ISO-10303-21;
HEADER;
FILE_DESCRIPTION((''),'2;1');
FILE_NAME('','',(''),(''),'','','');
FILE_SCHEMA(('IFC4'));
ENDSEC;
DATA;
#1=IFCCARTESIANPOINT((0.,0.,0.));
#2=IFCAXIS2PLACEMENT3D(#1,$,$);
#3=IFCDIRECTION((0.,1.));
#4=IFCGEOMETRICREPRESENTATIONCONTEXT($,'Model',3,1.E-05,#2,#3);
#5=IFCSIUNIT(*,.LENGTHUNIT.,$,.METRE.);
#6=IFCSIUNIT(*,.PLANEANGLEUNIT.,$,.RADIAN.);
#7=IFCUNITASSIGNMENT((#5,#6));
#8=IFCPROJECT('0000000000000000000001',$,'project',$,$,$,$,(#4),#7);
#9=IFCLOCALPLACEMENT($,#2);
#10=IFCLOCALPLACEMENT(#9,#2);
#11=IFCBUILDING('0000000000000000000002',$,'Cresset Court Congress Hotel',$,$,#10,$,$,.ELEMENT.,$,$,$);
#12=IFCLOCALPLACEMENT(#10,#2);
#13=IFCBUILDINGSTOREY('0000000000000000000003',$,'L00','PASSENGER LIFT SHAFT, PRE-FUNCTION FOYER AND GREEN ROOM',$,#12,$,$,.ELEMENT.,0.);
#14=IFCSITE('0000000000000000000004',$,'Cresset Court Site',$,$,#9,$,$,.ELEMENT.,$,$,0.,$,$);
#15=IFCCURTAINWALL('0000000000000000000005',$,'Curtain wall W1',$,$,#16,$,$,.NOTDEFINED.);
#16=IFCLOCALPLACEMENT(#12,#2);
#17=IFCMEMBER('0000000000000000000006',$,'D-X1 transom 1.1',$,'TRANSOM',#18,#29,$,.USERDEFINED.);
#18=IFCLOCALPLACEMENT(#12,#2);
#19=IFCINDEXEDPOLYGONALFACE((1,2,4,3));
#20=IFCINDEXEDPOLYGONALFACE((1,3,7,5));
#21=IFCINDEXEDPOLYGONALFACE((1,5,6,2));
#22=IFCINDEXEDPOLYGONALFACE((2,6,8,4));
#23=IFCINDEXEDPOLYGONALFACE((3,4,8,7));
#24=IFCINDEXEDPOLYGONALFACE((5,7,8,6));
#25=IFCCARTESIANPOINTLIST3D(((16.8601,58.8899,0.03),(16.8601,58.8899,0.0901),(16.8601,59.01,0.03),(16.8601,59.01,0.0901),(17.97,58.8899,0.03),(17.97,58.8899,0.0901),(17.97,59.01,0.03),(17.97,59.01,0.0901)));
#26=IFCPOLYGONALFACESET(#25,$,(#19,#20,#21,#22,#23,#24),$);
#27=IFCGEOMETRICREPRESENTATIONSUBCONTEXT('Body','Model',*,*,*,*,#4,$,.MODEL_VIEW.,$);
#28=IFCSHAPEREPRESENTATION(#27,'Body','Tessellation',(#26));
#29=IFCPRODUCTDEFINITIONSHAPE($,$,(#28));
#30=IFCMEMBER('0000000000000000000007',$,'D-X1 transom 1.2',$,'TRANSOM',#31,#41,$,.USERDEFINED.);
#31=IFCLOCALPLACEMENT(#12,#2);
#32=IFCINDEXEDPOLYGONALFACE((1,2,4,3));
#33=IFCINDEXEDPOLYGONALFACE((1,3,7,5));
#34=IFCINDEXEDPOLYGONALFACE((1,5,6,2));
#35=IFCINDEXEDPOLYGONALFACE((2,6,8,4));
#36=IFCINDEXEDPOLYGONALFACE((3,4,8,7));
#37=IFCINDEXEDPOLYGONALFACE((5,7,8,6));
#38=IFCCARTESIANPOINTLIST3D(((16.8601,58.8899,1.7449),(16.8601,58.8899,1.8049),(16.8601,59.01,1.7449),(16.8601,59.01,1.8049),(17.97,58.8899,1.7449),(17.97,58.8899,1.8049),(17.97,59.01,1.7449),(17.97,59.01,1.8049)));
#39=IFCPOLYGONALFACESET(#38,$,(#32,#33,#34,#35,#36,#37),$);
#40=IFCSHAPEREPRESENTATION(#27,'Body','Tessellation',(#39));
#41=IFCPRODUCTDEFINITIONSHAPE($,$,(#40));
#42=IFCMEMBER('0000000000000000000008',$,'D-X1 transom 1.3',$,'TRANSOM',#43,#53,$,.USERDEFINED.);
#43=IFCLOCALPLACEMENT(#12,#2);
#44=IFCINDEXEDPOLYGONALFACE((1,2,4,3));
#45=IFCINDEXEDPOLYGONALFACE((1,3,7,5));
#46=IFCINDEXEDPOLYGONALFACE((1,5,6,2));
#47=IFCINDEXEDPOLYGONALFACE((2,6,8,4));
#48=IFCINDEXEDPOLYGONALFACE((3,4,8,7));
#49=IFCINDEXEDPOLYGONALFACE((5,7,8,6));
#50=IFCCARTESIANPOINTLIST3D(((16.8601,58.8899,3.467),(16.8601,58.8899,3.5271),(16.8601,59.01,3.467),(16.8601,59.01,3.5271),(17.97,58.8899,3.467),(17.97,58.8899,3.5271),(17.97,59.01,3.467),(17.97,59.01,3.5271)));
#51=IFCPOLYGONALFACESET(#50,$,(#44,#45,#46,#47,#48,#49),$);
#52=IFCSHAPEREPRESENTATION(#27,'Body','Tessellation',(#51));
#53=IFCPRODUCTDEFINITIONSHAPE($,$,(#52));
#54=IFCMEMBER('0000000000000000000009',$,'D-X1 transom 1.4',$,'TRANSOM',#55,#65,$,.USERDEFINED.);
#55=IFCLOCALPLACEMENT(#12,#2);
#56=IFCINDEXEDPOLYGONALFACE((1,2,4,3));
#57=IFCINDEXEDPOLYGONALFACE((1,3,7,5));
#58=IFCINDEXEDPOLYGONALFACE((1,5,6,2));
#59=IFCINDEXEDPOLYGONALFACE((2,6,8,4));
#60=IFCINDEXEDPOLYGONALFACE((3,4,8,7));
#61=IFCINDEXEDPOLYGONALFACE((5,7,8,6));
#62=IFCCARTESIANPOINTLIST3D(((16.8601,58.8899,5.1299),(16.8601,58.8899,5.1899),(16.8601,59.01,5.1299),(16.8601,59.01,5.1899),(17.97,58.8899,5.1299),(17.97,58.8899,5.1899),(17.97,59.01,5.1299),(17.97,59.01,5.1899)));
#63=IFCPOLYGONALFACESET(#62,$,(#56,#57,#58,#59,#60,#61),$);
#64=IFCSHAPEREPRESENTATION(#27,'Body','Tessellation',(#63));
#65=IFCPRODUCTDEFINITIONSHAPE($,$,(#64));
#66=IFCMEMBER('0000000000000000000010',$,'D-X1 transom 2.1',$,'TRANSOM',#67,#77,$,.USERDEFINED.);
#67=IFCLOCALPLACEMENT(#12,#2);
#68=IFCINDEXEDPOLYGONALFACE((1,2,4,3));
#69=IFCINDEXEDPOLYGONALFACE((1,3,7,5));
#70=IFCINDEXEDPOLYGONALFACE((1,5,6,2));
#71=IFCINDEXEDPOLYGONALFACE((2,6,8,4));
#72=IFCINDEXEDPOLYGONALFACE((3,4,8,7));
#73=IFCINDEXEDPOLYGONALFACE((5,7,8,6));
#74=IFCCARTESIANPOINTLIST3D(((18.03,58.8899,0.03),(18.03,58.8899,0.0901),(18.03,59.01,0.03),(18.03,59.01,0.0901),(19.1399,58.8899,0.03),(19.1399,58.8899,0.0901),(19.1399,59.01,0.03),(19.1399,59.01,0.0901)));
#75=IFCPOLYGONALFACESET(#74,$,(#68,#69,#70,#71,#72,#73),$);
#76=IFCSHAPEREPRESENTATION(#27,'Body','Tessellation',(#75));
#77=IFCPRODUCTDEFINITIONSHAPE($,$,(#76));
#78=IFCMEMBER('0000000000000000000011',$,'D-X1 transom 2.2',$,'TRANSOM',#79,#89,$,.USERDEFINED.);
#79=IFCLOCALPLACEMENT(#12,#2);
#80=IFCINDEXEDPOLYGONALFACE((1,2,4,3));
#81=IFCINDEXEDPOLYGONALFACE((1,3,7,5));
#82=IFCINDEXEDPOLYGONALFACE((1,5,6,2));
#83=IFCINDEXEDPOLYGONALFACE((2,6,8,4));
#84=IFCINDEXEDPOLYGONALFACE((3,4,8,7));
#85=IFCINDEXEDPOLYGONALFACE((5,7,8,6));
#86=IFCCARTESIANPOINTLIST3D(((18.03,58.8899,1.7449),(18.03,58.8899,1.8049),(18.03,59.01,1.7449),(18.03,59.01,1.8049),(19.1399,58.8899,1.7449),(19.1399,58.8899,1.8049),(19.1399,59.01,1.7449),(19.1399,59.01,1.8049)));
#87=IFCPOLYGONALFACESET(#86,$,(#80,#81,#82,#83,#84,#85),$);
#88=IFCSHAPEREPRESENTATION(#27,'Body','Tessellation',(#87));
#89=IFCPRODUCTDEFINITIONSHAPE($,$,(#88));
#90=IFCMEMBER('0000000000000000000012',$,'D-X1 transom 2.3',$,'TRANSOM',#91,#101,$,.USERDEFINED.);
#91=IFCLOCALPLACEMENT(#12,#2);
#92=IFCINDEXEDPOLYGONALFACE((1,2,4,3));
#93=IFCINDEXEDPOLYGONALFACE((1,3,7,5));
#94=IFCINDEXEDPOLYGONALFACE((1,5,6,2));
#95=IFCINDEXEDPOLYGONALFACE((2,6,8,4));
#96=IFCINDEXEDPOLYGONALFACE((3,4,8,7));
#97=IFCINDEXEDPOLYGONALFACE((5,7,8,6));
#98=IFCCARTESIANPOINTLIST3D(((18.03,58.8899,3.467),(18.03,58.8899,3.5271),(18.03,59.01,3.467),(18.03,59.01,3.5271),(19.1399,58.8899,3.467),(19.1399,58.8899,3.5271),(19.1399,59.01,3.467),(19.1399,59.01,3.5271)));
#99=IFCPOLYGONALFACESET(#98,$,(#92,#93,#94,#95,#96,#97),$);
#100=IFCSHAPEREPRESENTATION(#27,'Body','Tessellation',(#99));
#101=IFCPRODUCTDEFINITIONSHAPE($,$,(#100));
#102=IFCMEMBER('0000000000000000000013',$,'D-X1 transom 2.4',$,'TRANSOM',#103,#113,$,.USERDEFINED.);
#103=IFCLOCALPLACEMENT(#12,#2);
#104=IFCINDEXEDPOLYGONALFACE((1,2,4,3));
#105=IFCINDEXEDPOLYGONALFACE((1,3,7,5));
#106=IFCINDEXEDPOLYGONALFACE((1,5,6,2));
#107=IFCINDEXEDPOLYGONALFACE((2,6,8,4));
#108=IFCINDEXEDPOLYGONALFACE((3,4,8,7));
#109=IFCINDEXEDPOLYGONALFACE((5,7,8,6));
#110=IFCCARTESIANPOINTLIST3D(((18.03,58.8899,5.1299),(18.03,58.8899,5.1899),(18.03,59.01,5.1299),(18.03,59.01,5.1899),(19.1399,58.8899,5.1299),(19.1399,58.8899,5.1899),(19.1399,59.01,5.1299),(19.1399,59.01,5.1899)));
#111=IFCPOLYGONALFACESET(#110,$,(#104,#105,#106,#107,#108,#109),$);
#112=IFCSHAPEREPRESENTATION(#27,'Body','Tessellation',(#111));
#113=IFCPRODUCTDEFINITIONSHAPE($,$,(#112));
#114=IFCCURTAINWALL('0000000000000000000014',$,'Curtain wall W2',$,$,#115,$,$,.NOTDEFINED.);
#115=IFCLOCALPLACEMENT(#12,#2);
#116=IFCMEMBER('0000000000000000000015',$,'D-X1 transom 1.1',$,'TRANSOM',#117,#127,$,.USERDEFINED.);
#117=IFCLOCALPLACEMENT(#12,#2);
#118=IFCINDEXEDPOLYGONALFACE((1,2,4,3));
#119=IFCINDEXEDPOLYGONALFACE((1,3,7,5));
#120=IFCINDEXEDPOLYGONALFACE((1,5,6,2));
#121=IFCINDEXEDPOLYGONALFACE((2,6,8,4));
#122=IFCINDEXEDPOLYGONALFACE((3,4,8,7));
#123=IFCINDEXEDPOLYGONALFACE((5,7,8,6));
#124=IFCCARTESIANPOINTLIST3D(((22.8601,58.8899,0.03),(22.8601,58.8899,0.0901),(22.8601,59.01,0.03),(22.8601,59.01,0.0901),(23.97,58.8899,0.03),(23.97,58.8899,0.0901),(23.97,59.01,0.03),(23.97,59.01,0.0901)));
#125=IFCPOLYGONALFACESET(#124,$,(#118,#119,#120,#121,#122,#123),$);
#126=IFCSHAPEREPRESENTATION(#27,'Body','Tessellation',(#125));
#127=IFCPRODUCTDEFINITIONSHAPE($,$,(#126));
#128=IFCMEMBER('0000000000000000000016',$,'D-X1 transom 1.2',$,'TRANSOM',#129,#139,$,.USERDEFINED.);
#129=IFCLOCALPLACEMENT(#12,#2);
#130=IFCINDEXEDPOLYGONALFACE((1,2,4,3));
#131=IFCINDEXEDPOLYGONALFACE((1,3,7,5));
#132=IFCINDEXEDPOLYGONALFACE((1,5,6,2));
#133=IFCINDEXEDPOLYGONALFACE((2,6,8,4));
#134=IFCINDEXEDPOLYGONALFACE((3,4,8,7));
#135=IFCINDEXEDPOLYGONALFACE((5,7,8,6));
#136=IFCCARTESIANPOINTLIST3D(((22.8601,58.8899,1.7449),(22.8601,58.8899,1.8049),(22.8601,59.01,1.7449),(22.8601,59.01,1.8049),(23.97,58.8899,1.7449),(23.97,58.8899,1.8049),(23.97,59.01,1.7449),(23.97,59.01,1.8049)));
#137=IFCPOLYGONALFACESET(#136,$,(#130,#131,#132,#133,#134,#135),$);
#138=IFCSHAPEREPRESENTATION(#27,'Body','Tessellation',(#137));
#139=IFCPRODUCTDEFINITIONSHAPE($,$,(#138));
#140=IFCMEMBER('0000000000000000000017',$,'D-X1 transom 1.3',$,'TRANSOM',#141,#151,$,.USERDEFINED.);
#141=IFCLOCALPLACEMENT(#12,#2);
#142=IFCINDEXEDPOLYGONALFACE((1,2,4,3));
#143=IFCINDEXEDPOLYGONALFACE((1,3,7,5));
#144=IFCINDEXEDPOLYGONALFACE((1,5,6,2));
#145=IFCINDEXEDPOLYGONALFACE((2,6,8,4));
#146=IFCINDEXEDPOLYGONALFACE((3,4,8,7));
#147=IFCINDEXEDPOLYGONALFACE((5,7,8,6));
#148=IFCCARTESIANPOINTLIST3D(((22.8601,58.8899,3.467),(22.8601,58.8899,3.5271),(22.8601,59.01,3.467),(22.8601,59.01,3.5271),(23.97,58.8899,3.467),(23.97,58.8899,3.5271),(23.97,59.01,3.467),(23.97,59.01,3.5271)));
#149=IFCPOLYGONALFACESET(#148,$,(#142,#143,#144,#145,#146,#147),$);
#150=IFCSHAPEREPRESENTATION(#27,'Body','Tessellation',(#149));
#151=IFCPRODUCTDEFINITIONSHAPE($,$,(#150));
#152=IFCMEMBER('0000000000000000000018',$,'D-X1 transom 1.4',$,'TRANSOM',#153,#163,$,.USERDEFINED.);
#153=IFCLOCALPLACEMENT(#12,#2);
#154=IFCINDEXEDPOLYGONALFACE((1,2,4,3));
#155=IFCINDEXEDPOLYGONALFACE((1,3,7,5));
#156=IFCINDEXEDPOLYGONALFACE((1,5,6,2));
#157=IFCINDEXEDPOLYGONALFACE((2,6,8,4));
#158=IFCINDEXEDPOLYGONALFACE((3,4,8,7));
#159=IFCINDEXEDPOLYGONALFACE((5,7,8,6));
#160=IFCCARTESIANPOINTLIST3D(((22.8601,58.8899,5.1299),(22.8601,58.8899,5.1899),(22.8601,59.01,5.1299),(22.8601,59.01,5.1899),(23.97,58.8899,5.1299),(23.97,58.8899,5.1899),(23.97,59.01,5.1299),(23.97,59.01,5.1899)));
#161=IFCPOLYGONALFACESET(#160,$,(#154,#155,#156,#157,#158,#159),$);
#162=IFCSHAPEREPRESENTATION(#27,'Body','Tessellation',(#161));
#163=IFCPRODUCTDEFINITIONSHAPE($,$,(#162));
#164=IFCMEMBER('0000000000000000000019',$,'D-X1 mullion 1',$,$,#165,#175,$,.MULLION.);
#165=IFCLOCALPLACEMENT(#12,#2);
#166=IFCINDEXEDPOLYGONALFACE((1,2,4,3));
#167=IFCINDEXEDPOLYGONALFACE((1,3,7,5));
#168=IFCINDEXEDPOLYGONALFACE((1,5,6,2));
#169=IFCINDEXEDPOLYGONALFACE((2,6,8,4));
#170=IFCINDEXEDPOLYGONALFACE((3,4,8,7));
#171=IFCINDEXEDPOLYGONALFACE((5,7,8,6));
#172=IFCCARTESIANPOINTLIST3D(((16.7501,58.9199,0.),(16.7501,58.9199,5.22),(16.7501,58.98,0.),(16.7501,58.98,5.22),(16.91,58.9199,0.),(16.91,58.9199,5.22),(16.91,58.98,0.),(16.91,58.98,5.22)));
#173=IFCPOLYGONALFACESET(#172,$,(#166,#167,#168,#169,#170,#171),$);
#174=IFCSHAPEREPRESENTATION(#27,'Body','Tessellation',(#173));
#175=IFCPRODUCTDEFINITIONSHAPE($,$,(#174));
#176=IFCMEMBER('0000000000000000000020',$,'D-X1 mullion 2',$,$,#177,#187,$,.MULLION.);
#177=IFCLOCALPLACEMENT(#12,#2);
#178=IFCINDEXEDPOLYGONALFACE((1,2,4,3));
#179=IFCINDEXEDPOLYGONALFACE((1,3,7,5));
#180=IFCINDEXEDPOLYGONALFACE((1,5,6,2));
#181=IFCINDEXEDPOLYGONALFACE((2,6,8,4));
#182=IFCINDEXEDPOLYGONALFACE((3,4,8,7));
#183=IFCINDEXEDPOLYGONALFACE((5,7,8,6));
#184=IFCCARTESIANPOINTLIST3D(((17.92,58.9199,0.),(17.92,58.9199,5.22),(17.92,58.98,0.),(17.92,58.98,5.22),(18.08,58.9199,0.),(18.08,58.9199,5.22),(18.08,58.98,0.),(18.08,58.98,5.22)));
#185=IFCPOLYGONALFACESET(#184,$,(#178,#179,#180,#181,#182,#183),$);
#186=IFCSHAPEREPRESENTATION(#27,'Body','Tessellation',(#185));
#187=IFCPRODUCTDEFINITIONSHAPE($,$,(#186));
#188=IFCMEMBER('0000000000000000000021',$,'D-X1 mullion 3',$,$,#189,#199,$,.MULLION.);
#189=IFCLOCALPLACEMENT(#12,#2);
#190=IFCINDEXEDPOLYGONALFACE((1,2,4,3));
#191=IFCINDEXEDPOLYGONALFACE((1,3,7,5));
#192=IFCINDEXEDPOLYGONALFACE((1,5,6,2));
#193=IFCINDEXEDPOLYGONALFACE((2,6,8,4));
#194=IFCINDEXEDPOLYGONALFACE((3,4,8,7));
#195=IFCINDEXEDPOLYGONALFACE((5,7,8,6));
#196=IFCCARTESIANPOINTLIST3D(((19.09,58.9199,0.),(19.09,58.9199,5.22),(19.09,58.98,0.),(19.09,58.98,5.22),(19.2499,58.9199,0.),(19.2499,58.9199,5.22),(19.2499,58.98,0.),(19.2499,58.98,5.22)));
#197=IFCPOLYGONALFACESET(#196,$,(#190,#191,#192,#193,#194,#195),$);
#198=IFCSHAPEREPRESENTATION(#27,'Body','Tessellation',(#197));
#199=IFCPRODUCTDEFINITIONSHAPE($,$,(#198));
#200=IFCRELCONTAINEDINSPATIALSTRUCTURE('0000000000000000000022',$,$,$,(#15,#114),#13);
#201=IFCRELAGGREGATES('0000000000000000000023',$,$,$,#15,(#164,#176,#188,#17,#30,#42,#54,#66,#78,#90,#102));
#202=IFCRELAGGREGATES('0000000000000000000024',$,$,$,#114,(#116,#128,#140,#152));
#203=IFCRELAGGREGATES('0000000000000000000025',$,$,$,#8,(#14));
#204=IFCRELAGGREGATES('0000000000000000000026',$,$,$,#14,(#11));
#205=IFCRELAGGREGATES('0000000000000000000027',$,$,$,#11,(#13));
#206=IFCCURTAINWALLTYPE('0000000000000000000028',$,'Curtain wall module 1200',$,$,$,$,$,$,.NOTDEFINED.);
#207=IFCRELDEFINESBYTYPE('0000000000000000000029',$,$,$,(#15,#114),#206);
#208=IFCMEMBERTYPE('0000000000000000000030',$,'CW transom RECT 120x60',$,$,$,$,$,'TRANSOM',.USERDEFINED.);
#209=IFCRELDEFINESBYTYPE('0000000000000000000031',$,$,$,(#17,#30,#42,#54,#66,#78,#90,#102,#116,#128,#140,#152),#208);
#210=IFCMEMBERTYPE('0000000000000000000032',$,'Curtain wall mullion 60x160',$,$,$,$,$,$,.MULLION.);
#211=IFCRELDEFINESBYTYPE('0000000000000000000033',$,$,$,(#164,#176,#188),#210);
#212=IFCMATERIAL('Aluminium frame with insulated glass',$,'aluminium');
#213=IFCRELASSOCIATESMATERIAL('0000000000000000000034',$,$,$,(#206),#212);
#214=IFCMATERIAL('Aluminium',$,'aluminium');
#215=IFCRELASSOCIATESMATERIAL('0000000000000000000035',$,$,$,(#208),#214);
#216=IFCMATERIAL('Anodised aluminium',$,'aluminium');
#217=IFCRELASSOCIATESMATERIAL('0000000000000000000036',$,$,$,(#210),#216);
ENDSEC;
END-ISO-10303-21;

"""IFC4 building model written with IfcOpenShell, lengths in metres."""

from ifc_helpers import new_model, si_unit, direction, frame, origin, origin_2d, place, context, subcontext, project, spatial, rectangle, extrude, material, material_profile, profile_set, type_object, element, aggregate, save


model = new_model("IFC4")

# Units and contexts
model_context = context("Model", 3, precision=1e-05, world=origin(), true_north=direction((0.0, 1.0)))
body_context = subcontext(model_context, "Body", "Model", "MODEL_VIEW")
ifc_project = project(units=[si_unit("LENGTHUNIT", "METRE"), si_unit("PLANEANGLEUNIT", "RADIAN")], contexts=[model_context])

# Site, building, storey
site_placement = place(None, origin())
site = spatial("IfcSite", under=ifc_project, at=site_placement, Name="Cresset Court Site", CompositionType="ELEMENT", RefElevation=0.0)
building_placement = place(site_placement, origin())
building = spatial("IfcBuilding", under=site, at=building_placement, Name="Cresset Court Congress Hotel", CompositionType="ELEMENT")
storey_placement = place(building_placement, origin())
storey = spatial("IfcBuildingStorey", under=building, at=storey_placement, Name="L00", Description="PASSENGER LIFT SHAFT, PRE-FUNCTION FOYER AND GREEN ROOM", CompositionType="ELEMENT", Elevation=0.0)

# Curtain walls, members
ifc_material_1 = material(Name="Aluminium frame with insulated glass", Category="aluminium")
curtain_wall_type = type_object("IfcCurtainWallType", Name="Curtain wall module 1200", PredefinedType="NOTDEFINED", material=ifc_material_1)
curtain_wall_1_placement = place(storey_placement, origin())
curtain_wall_1 = element("IfcCurtainWall", 1, at=curtain_wall_1_placement, inside=storey, type_object=curtain_wall_type, Name="Curtain wall W1", PredefinedType="NOTDEFINED")
ifc_material_2 = material(Name="Aluminium", Category="aluminium")
ifc_material_profile_1 = material_profile(ifc_material_2, rectangle(XDim=0.1201, YDim=0.0601, at=origin_2d()), Name="AL 120x60")
ifc_profile_set_1 = profile_set([ifc_material_profile_1], Name="Aluminium")
member_type_1 = type_object("IfcMemberType", Name="CW transom RECT 120x60", ElementType="TRANSOM", PredefinedType="USERDEFINED", material=ifc_profile_set_1)
member_1_placement = place(storey_placement, frame((16.8601, 58.95, 0.0601), z_axis=(1.0, 0.0, 0.0), x_axis=(0.0, 1.0, 0.0)))
member_1 = element("IfcMember", 2, at=member_1_placement, type_object=member_type_1, Name="D-X1 transom 1.1", ObjectType="TRANSOM", PredefinedType="USERDEFINED", context=body_context, shape_type="SweptSolid", body=[
    extrude(rectangle(XDim=0.1201, YDim=0.0601, at=origin_2d()), origin(), (0.0, 0.0, 1.0), 1.1099),
])
member_2_placement = place(storey_placement, frame((16.8601, 58.95, 1.7749), z_axis=(1.0, 0.0, 0.0), x_axis=(0.0, 1.0, 0.0)))
member_2 = element("IfcMember", 3, at=member_2_placement, type_object=member_type_1, Name="D-X1 transom 1.2", ObjectType="TRANSOM", PredefinedType="USERDEFINED", context=body_context, shape_type="SweptSolid", body=[
    extrude(rectangle(XDim=0.1201, YDim=0.0601, at=origin_2d()), origin(), (0.0, 0.0, 1.0), 1.1099),
])
member_3_placement = place(storey_placement, frame((16.8601, 58.95, 3.4971), z_axis=(1.0, 0.0, 0.0), x_axis=(0.0, 1.0, 0.0)))
member_3 = element("IfcMember", 4, at=member_3_placement, type_object=member_type_1, Name="D-X1 transom 1.3", ObjectType="TRANSOM", PredefinedType="USERDEFINED", context=body_context, shape_type="SweptSolid", body=[
    extrude(rectangle(XDim=0.1201, YDim=0.0601, at=origin_2d()), origin(), (0.0, 0.0, 1.0), 1.1099),
])
member_4_placement = place(storey_placement, frame((16.8601, 58.95, 5.1599), z_axis=(1.0, 0.0, 0.0), x_axis=(0.0, 1.0, 0.0)))
member_4 = element("IfcMember", 5, at=member_4_placement, type_object=member_type_1, Name="D-X1 transom 1.4", ObjectType="TRANSOM", PredefinedType="USERDEFINED", context=body_context, shape_type="SweptSolid", body=[
    extrude(rectangle(XDim=0.1201, YDim=0.0601, at=origin_2d()), origin(), (0.0, 0.0, 1.0), 1.1099),
])
member_5_placement = place(storey_placement, frame((18.03, 58.95, 0.0601), z_axis=(1.0, 0.0, 0.0), x_axis=(0.0, 1.0, 0.0)))
member_5 = element("IfcMember", 6, at=member_5_placement, type_object=member_type_1, Name="D-X1 transom 2.1", ObjectType="TRANSOM", PredefinedType="USERDEFINED", context=body_context, shape_type="SweptSolid", body=[
    extrude(rectangle(XDim=0.1201, YDim=0.0601, at=origin_2d()), origin(), (0.0, 0.0, 1.0), 1.1099),
])
member_6_placement = place(storey_placement, frame((18.03, 58.95, 1.7749), z_axis=(1.0, 0.0, 0.0), x_axis=(0.0, 1.0, 0.0)))
member_6 = element("IfcMember", 7, at=member_6_placement, type_object=member_type_1, Name="D-X1 transom 2.2", ObjectType="TRANSOM", PredefinedType="USERDEFINED", context=body_context, shape_type="SweptSolid", body=[
    extrude(rectangle(XDim=0.1201, YDim=0.0601, at=origin_2d()), origin(), (0.0, 0.0, 1.0), 1.1099),
])
member_7_placement = place(storey_placement, frame((18.03, 58.95, 3.4971), z_axis=(1.0, 0.0, 0.0), x_axis=(0.0, 1.0, 0.0)))
member_7 = element("IfcMember", 8, at=member_7_placement, type_object=member_type_1, Name="D-X1 transom 2.3", ObjectType="TRANSOM", PredefinedType="USERDEFINED", context=body_context, shape_type="SweptSolid", body=[
    extrude(rectangle(XDim=0.1201, YDim=0.0601, at=origin_2d()), origin(), (0.0, 0.0, 1.0), 1.1099),
])
member_8_placement = place(storey_placement, frame((18.03, 58.95, 5.1599), z_axis=(1.0, 0.0, 0.0), x_axis=(0.0, 1.0, 0.0)))
member_8 = element("IfcMember", 9, at=member_8_placement, type_object=member_type_1, Name="D-X1 transom 2.4", ObjectType="TRANSOM", PredefinedType="USERDEFINED", context=body_context, shape_type="SweptSolid", body=[
    extrude(rectangle(XDim=0.1201, YDim=0.0601, at=origin_2d()), origin(), (0.0, 0.0, 1.0), 1.1099),
])
curtain_wall_2_placement = place(storey_placement, origin())
curtain_wall_2 = element("IfcCurtainWall", 10, at=curtain_wall_2_placement, inside=storey, type_object=curtain_wall_type, Name="Curtain wall W2", PredefinedType="NOTDEFINED")
member_9_placement = place(storey_placement, frame((22.8601, 58.95, 0.0601), z_axis=(1.0, 0.0, 0.0), x_axis=(0.0, 1.0, 0.0)))
member_9 = element("IfcMember", 11, at=member_9_placement, type_object=member_type_1, Name="D-X1 transom 1.1", ObjectType="TRANSOM", PredefinedType="USERDEFINED", context=body_context, shape_type="SweptSolid", body=[
    extrude(rectangle(XDim=0.1201, YDim=0.0601, at=origin_2d()), origin(), (0.0, 0.0, 1.0), 1.1099),
])
member_10_placement = place(storey_placement, frame((22.8601, 58.95, 1.7749), z_axis=(1.0, 0.0, 0.0), x_axis=(0.0, 1.0, 0.0)))
member_10 = element("IfcMember", 12, at=member_10_placement, type_object=member_type_1, Name="D-X1 transom 1.2", ObjectType="TRANSOM", PredefinedType="USERDEFINED", context=body_context, shape_type="SweptSolid", body=[
    extrude(rectangle(XDim=0.1201, YDim=0.0601, at=origin_2d()), origin(), (0.0, 0.0, 1.0), 1.1099),
])
member_11_placement = place(storey_placement, frame((22.8601, 58.95, 3.4971), z_axis=(1.0, 0.0, 0.0), x_axis=(0.0, 1.0, 0.0)))
member_11 = element("IfcMember", 13, at=member_11_placement, type_object=member_type_1, Name="D-X1 transom 1.3", ObjectType="TRANSOM", PredefinedType="USERDEFINED", context=body_context, shape_type="SweptSolid", body=[
    extrude(rectangle(XDim=0.1201, YDim=0.0601, at=origin_2d()), origin(), (0.0, 0.0, 1.0), 1.1099),
])
member_12_placement = place(storey_placement, frame((22.8601, 58.95, 5.1599), z_axis=(1.0, 0.0, 0.0), x_axis=(0.0, 1.0, 0.0)))
member_12 = element("IfcMember", 14, at=member_12_placement, type_object=member_type_1, Name="D-X1 transom 1.4", ObjectType="TRANSOM", PredefinedType="USERDEFINED", context=body_context, shape_type="SweptSolid", body=[
    extrude(rectangle(XDim=0.1201, YDim=0.0601, at=origin_2d()), origin(), (0.0, 0.0, 1.0), 1.1099),
])

# Members
ifc_material_3 = material(Name="Anodised aluminium", Category="aluminium")
ifc_material_profile_2 = material_profile(ifc_material_3, rectangle(XDim=0.0601, YDim=0.1599, at=origin_2d()), Name="AL60x160")
ifc_profile_set_2 = profile_set([ifc_material_profile_2], Name="Anodised aluminium")
member_type_2 = type_object("IfcMemberType", Name="Curtain wall mullion 60x160", PredefinedType="MULLION", material=ifc_profile_set_2)
member_13_placement = place(storey_placement, frame((16.8301, 58.95, 0.0), z_axis=(0.0, 0.0, 1.0), x_axis=(0.0, 1.0, 0.0)))
member_13 = element("IfcMember", 15, at=member_13_placement, type_object=member_type_2, Name="D-X1 mullion 1", PredefinedType="MULLION", context=body_context, shape_type="SweptSolid", body=[
    extrude(rectangle(XDim=0.0601, YDim=0.1599, at=origin_2d()), origin(), (0.0, 0.0, 1.0), 5.22),
])
member_14_placement = place(storey_placement, frame((18.0, 58.95, 0.0), z_axis=(0.0, 0.0, 1.0), x_axis=(0.0, 1.0, 0.0)))
member_14 = element("IfcMember", 16, at=member_14_placement, type_object=member_type_2, Name="D-X1 mullion 2", PredefinedType="MULLION", context=body_context, shape_type="SweptSolid", body=[
    extrude(rectangle(XDim=0.0601, YDim=0.1599, at=origin_2d()), origin(), (0.0, 0.0, 1.0), 5.22),
])
member_15_placement = place(storey_placement, frame((19.1699, 58.95, 0.0), z_axis=(0.0, 0.0, 1.0), x_axis=(0.0, 1.0, 0.0)))
member_15 = element("IfcMember", 17, at=member_15_placement, type_object=member_type_2, Name="D-X1 mullion 3", PredefinedType="MULLION", context=body_context, shape_type="SweptSolid", body=[
    extrude(rectangle(XDim=0.0601, YDim=0.1599, at=origin_2d()), origin(), (0.0, 0.0, 1.0), 5.22),
])

aggregate(curtain_wall_1, [member_13, member_14, member_15, member_1, member_2, member_3, member_4, member_5, member_6, member_7, member_8])
aggregate(curtain_wall_2, [member_9, member_10, member_11, member_12])

save(model, "model.ifc")
